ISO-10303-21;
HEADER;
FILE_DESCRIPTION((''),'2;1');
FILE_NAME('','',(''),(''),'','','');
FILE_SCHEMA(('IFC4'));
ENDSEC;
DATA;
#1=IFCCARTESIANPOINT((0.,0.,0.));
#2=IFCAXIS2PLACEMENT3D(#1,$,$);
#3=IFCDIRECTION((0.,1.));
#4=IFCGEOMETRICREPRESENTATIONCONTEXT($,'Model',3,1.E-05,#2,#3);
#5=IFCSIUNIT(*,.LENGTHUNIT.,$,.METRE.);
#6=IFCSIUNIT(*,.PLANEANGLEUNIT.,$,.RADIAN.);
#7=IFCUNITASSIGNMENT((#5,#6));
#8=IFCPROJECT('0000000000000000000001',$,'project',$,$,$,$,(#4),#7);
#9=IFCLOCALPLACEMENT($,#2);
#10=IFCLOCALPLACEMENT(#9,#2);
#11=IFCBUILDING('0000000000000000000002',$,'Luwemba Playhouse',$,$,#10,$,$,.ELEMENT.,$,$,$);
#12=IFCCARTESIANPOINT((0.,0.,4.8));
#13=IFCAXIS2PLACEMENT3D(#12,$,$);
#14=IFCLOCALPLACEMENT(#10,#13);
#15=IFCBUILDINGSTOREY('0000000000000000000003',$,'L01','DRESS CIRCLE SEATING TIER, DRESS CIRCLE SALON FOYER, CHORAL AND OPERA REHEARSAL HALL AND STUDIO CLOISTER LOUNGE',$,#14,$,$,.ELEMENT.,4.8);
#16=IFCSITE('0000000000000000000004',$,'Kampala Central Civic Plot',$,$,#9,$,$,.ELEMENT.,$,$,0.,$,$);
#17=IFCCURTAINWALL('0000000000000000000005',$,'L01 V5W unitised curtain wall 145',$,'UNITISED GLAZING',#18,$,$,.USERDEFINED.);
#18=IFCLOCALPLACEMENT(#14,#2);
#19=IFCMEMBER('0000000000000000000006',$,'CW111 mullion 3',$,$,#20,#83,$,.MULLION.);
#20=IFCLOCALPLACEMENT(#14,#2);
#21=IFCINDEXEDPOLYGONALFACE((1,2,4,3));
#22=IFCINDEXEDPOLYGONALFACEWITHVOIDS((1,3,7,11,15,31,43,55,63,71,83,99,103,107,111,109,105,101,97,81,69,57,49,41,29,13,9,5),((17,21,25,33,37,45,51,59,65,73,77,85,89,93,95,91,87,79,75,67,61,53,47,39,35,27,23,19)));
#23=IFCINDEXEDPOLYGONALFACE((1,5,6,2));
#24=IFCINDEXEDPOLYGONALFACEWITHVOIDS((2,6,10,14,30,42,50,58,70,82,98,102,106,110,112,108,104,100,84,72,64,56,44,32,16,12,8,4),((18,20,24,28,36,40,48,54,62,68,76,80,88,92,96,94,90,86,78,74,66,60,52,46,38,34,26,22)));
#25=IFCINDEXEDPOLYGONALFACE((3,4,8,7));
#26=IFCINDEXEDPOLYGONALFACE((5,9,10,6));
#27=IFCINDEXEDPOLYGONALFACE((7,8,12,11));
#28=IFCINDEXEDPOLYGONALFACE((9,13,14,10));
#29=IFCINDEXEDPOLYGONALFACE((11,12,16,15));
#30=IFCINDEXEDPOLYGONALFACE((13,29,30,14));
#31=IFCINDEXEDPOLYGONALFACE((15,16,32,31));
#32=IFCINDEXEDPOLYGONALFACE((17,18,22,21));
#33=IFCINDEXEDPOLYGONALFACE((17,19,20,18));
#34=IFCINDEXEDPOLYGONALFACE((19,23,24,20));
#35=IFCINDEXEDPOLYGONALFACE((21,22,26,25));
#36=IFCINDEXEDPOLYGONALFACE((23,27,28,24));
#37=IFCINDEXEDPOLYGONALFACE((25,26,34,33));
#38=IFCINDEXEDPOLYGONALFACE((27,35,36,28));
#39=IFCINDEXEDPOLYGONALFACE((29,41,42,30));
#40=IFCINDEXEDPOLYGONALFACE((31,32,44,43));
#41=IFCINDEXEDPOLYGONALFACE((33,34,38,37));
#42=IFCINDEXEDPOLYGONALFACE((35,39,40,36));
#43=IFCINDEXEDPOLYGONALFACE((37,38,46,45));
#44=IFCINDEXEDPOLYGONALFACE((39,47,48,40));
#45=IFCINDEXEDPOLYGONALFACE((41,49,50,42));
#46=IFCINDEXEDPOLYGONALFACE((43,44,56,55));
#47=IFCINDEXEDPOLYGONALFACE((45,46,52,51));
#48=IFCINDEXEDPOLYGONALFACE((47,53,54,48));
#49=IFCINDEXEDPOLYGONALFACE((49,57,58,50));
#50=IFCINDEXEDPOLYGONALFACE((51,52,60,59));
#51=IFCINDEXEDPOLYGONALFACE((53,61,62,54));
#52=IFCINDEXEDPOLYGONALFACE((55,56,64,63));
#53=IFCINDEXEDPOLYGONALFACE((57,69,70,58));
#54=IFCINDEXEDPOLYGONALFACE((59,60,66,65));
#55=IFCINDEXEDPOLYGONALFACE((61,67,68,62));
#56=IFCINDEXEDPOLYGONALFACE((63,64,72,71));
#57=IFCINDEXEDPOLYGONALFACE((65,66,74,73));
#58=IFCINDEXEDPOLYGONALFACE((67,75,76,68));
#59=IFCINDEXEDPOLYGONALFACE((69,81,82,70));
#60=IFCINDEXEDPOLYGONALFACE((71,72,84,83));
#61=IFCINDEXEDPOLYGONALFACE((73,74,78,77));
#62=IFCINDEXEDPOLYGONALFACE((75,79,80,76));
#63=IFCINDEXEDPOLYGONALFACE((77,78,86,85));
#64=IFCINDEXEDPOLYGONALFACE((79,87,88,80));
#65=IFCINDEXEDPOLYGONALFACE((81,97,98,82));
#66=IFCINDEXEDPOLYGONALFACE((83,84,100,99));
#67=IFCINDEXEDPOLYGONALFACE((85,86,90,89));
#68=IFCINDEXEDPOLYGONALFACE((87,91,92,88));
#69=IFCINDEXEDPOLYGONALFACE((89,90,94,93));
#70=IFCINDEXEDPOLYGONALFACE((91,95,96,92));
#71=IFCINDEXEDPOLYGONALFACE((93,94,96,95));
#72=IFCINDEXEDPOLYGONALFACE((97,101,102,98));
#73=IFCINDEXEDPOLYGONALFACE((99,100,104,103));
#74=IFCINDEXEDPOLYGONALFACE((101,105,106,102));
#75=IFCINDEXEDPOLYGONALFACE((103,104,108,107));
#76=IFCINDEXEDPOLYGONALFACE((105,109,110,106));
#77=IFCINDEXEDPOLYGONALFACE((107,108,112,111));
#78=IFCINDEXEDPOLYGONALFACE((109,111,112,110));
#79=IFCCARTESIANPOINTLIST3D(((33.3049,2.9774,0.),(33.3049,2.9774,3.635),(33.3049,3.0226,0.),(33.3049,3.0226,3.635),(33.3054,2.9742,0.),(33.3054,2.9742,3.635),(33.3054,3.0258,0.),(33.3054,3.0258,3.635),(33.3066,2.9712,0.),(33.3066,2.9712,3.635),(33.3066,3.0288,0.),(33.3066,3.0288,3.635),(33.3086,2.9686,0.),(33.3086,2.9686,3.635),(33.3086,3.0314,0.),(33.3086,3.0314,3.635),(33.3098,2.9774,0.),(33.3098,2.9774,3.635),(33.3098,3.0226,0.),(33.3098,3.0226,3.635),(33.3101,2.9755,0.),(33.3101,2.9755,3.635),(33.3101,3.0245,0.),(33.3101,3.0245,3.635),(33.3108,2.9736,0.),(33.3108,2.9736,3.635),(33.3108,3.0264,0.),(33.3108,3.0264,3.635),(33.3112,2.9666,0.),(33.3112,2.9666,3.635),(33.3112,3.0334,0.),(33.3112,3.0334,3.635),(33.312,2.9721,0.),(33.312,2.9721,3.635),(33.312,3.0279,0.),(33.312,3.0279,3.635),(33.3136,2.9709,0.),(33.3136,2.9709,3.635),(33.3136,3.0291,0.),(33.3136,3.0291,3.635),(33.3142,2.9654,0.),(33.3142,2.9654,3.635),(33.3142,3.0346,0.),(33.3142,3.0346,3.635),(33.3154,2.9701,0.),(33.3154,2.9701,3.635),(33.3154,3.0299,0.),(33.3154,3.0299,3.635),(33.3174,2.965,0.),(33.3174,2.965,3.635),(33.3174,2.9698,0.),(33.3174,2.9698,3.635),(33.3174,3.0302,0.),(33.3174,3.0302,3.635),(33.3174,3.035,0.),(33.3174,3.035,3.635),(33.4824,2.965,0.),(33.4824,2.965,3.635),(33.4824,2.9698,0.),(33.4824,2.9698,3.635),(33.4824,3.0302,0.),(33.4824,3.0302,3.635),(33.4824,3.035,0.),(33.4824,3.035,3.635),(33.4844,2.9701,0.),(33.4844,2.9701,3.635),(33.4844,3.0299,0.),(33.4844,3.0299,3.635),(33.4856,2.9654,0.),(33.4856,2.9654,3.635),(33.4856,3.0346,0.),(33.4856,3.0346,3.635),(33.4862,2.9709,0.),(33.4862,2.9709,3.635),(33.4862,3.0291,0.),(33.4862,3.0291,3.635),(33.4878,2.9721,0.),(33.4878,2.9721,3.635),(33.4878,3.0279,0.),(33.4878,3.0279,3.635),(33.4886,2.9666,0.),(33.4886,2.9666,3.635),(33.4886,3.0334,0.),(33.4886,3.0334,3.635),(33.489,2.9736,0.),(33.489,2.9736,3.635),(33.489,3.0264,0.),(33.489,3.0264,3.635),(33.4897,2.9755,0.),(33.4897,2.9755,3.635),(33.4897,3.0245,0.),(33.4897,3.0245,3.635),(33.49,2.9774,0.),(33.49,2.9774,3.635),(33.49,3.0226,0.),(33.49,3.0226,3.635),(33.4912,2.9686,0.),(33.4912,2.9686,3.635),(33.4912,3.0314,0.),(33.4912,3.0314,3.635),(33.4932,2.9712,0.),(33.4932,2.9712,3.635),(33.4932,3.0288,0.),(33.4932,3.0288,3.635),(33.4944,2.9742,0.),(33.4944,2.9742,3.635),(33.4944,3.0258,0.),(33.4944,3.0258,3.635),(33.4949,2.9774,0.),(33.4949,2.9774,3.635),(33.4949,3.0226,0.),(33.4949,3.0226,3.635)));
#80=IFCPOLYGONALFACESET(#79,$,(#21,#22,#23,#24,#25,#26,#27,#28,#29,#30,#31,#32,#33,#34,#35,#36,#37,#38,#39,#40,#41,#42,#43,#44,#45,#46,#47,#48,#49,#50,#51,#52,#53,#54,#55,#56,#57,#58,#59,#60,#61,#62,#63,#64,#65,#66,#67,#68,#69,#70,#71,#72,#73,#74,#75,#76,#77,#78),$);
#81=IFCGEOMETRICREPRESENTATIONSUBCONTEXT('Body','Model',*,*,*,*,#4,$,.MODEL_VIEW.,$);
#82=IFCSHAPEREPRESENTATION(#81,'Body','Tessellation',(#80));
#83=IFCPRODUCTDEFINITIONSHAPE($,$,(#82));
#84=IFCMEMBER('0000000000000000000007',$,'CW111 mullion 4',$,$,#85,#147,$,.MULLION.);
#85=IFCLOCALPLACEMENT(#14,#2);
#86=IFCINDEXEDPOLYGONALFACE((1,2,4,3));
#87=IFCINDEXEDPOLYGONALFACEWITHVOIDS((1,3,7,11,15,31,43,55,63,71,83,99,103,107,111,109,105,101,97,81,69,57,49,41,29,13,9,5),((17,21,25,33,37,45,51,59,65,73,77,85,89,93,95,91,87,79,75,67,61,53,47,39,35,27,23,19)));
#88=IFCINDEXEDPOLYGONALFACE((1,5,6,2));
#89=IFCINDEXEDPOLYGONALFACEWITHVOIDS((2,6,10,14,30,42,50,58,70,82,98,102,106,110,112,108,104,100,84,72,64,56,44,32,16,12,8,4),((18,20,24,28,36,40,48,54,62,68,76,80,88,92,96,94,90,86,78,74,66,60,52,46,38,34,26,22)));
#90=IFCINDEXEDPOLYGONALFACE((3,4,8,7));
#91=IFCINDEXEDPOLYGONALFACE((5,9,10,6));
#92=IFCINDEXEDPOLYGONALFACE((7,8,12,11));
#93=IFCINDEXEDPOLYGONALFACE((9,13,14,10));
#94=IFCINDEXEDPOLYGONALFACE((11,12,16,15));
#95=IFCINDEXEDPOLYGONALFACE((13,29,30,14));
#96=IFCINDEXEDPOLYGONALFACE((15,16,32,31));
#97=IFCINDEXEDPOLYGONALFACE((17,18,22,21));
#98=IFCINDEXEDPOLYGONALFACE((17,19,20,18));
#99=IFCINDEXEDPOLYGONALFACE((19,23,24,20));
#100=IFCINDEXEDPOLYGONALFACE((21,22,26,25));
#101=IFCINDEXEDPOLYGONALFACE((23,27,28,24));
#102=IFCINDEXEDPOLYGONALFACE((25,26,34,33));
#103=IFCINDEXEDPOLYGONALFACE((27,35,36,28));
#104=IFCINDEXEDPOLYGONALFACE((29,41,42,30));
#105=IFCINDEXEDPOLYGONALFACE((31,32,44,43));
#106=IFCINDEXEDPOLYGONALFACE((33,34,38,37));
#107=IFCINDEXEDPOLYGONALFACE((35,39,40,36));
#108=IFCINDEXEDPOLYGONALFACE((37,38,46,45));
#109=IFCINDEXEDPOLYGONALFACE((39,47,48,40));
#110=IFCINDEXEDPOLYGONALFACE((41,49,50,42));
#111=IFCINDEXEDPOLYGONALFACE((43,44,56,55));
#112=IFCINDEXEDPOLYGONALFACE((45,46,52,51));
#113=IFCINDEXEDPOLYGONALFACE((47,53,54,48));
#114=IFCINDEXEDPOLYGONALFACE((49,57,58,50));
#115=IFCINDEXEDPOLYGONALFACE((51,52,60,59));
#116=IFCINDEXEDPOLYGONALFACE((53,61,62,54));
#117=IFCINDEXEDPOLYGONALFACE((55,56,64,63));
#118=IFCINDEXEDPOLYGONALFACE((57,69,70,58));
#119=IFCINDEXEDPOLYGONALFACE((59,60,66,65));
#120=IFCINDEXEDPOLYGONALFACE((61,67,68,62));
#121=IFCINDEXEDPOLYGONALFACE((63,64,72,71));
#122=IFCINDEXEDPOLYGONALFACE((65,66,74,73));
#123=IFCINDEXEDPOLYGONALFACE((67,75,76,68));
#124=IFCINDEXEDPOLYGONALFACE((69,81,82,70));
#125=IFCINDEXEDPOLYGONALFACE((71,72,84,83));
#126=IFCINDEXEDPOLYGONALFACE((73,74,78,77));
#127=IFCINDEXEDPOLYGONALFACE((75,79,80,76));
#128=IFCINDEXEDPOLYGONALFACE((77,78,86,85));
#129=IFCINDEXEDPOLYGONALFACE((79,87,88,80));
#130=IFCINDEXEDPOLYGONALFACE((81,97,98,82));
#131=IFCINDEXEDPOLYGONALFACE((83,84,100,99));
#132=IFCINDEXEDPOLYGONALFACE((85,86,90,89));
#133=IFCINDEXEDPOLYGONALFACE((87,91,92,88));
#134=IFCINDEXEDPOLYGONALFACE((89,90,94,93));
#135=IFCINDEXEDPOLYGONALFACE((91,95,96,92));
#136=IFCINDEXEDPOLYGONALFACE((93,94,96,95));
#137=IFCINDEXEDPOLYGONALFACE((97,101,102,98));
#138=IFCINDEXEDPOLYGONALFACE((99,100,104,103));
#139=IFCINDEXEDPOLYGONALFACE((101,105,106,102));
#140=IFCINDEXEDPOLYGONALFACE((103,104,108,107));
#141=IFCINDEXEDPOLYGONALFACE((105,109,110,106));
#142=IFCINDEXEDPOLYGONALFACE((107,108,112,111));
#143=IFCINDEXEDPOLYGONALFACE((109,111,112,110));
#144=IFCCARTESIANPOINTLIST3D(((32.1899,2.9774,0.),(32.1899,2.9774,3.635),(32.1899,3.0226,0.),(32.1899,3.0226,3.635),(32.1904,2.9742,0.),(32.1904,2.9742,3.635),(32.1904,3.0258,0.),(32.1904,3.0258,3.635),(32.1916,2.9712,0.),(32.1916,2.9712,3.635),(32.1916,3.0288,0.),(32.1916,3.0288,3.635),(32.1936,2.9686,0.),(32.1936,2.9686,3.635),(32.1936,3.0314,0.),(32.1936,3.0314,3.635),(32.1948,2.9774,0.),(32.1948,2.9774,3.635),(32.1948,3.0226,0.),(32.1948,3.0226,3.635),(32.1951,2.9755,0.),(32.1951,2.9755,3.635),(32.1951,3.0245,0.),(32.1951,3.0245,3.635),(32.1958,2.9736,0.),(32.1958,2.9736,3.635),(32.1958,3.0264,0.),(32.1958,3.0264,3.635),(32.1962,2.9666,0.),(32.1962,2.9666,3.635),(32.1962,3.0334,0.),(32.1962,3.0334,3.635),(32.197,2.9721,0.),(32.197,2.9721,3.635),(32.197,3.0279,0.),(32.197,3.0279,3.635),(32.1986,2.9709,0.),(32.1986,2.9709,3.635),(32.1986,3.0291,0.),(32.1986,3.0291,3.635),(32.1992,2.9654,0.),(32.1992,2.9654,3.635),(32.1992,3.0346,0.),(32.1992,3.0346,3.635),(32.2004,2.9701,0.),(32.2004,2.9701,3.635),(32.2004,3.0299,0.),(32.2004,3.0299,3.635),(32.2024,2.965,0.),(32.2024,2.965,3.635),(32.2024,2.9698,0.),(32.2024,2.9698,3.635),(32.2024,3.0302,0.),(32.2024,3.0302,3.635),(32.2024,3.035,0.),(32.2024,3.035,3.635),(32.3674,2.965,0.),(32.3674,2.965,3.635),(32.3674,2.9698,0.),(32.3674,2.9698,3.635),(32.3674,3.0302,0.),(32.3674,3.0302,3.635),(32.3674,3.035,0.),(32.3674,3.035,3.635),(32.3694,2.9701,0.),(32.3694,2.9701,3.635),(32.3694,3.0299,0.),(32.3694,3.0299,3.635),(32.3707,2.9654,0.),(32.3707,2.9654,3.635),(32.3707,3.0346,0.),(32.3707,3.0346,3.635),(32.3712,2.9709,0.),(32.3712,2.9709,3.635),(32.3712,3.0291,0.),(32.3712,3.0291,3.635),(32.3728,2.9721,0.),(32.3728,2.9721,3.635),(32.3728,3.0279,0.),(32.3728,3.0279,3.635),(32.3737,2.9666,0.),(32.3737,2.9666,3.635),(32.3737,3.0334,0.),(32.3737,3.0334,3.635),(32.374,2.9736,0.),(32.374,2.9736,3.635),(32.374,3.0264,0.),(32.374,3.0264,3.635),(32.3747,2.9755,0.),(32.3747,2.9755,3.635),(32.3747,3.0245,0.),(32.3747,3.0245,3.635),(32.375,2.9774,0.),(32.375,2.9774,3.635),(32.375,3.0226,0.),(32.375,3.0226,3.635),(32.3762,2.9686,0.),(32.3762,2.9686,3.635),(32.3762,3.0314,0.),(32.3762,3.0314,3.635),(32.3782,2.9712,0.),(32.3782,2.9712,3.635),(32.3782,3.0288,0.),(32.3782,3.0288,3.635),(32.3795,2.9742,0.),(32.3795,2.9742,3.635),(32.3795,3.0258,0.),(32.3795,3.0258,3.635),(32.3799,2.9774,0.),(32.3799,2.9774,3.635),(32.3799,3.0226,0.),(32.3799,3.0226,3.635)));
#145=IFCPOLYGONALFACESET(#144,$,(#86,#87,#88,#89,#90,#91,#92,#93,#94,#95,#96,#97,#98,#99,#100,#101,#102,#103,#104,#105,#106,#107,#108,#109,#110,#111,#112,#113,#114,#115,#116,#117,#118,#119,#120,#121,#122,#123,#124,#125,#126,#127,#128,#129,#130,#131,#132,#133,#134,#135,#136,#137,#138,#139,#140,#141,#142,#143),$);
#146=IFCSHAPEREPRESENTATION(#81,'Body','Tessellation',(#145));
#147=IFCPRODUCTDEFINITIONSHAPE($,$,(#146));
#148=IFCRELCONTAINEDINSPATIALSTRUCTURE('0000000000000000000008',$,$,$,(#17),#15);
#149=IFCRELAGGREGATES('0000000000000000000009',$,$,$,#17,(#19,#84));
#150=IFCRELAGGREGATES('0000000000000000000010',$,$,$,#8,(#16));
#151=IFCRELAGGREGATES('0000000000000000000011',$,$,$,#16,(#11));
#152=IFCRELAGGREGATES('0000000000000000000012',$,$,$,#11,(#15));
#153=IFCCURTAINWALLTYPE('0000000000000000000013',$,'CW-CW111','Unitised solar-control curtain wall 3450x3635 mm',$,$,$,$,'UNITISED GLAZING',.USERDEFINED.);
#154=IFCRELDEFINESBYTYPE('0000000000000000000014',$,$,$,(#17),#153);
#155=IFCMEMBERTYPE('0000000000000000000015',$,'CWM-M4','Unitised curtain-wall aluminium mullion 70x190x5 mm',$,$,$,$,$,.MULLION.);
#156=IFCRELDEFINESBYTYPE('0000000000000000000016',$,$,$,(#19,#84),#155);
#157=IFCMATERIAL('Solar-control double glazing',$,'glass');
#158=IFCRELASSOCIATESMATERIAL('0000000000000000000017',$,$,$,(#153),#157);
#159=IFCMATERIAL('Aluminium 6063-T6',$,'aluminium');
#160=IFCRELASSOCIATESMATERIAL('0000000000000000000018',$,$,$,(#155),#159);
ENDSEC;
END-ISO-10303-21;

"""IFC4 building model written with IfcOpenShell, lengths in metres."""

from ifc_helpers import new_model, si_unit, direction, frame, origin, origin_2d, place, context, subcontext, project, spatial, hollow_rectangle, extrude, material, material_profile, profile_set, type_object, element, aggregate, save


model = new_model("IFC4")

# Units and contexts
model_context = context("Model", 3, precision=1e-05, world=origin(), true_north=direction((0.0, 1.0)))
body_context = subcontext(model_context, "Body", "Model", "MODEL_VIEW")
ifc_project = project(units=[si_unit("LENGTHUNIT", "METRE"), si_unit("PLANEANGLEUNIT", "RADIAN")], contexts=[model_context])

# Site, building, storey
site_placement = place(None, origin())
site = spatial("IfcSite", under=ifc_project, at=site_placement, Name="Kampala Central Civic Plot", CompositionType="ELEMENT", RefElevation=0.0)
building_placement = place(site_placement, origin())
building = spatial("IfcBuilding", under=site, at=building_placement, Name="Luwemba Playhouse", CompositionType="ELEMENT")
storey_placement = place(building_placement, frame((0.0, 0.0, 4.8)))
storey = spatial("IfcBuildingStorey", under=building, at=storey_placement, Name="L01", Description="DRESS CIRCLE SEATING TIER, DRESS CIRCLE SALON FOYER, CHORAL AND OPERA REHEARSAL HALL AND STUDIO CLOISTER LOUNGE", CompositionType="ELEMENT", Elevation=4.8)

# Curtain wall, members
ifc_material_1 = material(Name="Solar-control double glazing", Category="glass")
ifc_material_2 = material(Name="Aluminium 6063-T6", Category="aluminium")
curtain_wall_type_1 = type_object("IfcCurtainWallType", Name="CW-CW111", Description="Unitised solar-control curtain wall 3450x3635 mm", ElementType="UNITISED GLAZING", PredefinedType="USERDEFINED", material=ifc_material_1)
curtain_wall_1_placement = place(storey_placement, origin())
curtain_wall_1 = element("IfcCurtainWall", 1, at=curtain_wall_1_placement, inside=storey, type_object=curtain_wall_type_1, Name="L01 V5W unitised curtain wall 145", ObjectType="UNITISED GLAZING", PredefinedType="USERDEFINED")
ifc_material_profile_1 = material_profile(ifc_material_2, hollow_rectangle(XDim=0.0701, YDim=0.1899, WallThickness=0.0049, InnerFilletRadius=0.0076, OuterFilletRadius=0.0125, at=origin_2d()))
ifc_profile_set_1 = profile_set([ifc_material_profile_1], Name="Aluminium 6063-T6")
member_type_1 = type_object("IfcMemberType", Name="CWM-M4", Description="Unitised curtain-wall aluminium mullion 70x190x5 mm", PredefinedType="MULLION", material=ifc_profile_set_1)
member_1_placement = place(storey_placement, frame((33.3999, 3.0, 0.0), z_axis=(0.0, 0.0, 1.0), x_axis=(0.0, -1.0, 0.0)))
member_1 = element("IfcMember", 2, at=member_1_placement, type_object=member_type_1, Name="CW111 mullion 3", PredefinedType="MULLION", context=body_context, shape_type="SweptSolid", body=[
    extrude(hollow_rectangle(XDim=0.0701, YDim=0.1899, WallThickness=0.0049, InnerFilletRadius=0.0076, OuterFilletRadius=0.0125, at=origin_2d()), origin(), (0.0, 0.0, 1.0), 3.635),
])
member_2_placement = place(storey_placement, frame((32.2849, 3.0, 0.0), z_axis=(0.0, 0.0, 1.0), x_axis=(0.0, -1.0, 0.0)))
member_2 = element("IfcMember", 3, at=member_2_placement, type_object=member_type_1, Name="CW111 mullion 4", PredefinedType="MULLION", context=body_context, shape_type="SweptSolid", body=[
    extrude(hollow_rectangle(XDim=0.0701, YDim=0.1899, WallThickness=0.0049, InnerFilletRadius=0.0076, OuterFilletRadius=0.0125, at=origin_2d()), origin(), (0.0, 0.0, 1.0), 3.635),
])

aggregate(curtain_wall_1, [member_1, member_2])

save(model, "model.ifc")
